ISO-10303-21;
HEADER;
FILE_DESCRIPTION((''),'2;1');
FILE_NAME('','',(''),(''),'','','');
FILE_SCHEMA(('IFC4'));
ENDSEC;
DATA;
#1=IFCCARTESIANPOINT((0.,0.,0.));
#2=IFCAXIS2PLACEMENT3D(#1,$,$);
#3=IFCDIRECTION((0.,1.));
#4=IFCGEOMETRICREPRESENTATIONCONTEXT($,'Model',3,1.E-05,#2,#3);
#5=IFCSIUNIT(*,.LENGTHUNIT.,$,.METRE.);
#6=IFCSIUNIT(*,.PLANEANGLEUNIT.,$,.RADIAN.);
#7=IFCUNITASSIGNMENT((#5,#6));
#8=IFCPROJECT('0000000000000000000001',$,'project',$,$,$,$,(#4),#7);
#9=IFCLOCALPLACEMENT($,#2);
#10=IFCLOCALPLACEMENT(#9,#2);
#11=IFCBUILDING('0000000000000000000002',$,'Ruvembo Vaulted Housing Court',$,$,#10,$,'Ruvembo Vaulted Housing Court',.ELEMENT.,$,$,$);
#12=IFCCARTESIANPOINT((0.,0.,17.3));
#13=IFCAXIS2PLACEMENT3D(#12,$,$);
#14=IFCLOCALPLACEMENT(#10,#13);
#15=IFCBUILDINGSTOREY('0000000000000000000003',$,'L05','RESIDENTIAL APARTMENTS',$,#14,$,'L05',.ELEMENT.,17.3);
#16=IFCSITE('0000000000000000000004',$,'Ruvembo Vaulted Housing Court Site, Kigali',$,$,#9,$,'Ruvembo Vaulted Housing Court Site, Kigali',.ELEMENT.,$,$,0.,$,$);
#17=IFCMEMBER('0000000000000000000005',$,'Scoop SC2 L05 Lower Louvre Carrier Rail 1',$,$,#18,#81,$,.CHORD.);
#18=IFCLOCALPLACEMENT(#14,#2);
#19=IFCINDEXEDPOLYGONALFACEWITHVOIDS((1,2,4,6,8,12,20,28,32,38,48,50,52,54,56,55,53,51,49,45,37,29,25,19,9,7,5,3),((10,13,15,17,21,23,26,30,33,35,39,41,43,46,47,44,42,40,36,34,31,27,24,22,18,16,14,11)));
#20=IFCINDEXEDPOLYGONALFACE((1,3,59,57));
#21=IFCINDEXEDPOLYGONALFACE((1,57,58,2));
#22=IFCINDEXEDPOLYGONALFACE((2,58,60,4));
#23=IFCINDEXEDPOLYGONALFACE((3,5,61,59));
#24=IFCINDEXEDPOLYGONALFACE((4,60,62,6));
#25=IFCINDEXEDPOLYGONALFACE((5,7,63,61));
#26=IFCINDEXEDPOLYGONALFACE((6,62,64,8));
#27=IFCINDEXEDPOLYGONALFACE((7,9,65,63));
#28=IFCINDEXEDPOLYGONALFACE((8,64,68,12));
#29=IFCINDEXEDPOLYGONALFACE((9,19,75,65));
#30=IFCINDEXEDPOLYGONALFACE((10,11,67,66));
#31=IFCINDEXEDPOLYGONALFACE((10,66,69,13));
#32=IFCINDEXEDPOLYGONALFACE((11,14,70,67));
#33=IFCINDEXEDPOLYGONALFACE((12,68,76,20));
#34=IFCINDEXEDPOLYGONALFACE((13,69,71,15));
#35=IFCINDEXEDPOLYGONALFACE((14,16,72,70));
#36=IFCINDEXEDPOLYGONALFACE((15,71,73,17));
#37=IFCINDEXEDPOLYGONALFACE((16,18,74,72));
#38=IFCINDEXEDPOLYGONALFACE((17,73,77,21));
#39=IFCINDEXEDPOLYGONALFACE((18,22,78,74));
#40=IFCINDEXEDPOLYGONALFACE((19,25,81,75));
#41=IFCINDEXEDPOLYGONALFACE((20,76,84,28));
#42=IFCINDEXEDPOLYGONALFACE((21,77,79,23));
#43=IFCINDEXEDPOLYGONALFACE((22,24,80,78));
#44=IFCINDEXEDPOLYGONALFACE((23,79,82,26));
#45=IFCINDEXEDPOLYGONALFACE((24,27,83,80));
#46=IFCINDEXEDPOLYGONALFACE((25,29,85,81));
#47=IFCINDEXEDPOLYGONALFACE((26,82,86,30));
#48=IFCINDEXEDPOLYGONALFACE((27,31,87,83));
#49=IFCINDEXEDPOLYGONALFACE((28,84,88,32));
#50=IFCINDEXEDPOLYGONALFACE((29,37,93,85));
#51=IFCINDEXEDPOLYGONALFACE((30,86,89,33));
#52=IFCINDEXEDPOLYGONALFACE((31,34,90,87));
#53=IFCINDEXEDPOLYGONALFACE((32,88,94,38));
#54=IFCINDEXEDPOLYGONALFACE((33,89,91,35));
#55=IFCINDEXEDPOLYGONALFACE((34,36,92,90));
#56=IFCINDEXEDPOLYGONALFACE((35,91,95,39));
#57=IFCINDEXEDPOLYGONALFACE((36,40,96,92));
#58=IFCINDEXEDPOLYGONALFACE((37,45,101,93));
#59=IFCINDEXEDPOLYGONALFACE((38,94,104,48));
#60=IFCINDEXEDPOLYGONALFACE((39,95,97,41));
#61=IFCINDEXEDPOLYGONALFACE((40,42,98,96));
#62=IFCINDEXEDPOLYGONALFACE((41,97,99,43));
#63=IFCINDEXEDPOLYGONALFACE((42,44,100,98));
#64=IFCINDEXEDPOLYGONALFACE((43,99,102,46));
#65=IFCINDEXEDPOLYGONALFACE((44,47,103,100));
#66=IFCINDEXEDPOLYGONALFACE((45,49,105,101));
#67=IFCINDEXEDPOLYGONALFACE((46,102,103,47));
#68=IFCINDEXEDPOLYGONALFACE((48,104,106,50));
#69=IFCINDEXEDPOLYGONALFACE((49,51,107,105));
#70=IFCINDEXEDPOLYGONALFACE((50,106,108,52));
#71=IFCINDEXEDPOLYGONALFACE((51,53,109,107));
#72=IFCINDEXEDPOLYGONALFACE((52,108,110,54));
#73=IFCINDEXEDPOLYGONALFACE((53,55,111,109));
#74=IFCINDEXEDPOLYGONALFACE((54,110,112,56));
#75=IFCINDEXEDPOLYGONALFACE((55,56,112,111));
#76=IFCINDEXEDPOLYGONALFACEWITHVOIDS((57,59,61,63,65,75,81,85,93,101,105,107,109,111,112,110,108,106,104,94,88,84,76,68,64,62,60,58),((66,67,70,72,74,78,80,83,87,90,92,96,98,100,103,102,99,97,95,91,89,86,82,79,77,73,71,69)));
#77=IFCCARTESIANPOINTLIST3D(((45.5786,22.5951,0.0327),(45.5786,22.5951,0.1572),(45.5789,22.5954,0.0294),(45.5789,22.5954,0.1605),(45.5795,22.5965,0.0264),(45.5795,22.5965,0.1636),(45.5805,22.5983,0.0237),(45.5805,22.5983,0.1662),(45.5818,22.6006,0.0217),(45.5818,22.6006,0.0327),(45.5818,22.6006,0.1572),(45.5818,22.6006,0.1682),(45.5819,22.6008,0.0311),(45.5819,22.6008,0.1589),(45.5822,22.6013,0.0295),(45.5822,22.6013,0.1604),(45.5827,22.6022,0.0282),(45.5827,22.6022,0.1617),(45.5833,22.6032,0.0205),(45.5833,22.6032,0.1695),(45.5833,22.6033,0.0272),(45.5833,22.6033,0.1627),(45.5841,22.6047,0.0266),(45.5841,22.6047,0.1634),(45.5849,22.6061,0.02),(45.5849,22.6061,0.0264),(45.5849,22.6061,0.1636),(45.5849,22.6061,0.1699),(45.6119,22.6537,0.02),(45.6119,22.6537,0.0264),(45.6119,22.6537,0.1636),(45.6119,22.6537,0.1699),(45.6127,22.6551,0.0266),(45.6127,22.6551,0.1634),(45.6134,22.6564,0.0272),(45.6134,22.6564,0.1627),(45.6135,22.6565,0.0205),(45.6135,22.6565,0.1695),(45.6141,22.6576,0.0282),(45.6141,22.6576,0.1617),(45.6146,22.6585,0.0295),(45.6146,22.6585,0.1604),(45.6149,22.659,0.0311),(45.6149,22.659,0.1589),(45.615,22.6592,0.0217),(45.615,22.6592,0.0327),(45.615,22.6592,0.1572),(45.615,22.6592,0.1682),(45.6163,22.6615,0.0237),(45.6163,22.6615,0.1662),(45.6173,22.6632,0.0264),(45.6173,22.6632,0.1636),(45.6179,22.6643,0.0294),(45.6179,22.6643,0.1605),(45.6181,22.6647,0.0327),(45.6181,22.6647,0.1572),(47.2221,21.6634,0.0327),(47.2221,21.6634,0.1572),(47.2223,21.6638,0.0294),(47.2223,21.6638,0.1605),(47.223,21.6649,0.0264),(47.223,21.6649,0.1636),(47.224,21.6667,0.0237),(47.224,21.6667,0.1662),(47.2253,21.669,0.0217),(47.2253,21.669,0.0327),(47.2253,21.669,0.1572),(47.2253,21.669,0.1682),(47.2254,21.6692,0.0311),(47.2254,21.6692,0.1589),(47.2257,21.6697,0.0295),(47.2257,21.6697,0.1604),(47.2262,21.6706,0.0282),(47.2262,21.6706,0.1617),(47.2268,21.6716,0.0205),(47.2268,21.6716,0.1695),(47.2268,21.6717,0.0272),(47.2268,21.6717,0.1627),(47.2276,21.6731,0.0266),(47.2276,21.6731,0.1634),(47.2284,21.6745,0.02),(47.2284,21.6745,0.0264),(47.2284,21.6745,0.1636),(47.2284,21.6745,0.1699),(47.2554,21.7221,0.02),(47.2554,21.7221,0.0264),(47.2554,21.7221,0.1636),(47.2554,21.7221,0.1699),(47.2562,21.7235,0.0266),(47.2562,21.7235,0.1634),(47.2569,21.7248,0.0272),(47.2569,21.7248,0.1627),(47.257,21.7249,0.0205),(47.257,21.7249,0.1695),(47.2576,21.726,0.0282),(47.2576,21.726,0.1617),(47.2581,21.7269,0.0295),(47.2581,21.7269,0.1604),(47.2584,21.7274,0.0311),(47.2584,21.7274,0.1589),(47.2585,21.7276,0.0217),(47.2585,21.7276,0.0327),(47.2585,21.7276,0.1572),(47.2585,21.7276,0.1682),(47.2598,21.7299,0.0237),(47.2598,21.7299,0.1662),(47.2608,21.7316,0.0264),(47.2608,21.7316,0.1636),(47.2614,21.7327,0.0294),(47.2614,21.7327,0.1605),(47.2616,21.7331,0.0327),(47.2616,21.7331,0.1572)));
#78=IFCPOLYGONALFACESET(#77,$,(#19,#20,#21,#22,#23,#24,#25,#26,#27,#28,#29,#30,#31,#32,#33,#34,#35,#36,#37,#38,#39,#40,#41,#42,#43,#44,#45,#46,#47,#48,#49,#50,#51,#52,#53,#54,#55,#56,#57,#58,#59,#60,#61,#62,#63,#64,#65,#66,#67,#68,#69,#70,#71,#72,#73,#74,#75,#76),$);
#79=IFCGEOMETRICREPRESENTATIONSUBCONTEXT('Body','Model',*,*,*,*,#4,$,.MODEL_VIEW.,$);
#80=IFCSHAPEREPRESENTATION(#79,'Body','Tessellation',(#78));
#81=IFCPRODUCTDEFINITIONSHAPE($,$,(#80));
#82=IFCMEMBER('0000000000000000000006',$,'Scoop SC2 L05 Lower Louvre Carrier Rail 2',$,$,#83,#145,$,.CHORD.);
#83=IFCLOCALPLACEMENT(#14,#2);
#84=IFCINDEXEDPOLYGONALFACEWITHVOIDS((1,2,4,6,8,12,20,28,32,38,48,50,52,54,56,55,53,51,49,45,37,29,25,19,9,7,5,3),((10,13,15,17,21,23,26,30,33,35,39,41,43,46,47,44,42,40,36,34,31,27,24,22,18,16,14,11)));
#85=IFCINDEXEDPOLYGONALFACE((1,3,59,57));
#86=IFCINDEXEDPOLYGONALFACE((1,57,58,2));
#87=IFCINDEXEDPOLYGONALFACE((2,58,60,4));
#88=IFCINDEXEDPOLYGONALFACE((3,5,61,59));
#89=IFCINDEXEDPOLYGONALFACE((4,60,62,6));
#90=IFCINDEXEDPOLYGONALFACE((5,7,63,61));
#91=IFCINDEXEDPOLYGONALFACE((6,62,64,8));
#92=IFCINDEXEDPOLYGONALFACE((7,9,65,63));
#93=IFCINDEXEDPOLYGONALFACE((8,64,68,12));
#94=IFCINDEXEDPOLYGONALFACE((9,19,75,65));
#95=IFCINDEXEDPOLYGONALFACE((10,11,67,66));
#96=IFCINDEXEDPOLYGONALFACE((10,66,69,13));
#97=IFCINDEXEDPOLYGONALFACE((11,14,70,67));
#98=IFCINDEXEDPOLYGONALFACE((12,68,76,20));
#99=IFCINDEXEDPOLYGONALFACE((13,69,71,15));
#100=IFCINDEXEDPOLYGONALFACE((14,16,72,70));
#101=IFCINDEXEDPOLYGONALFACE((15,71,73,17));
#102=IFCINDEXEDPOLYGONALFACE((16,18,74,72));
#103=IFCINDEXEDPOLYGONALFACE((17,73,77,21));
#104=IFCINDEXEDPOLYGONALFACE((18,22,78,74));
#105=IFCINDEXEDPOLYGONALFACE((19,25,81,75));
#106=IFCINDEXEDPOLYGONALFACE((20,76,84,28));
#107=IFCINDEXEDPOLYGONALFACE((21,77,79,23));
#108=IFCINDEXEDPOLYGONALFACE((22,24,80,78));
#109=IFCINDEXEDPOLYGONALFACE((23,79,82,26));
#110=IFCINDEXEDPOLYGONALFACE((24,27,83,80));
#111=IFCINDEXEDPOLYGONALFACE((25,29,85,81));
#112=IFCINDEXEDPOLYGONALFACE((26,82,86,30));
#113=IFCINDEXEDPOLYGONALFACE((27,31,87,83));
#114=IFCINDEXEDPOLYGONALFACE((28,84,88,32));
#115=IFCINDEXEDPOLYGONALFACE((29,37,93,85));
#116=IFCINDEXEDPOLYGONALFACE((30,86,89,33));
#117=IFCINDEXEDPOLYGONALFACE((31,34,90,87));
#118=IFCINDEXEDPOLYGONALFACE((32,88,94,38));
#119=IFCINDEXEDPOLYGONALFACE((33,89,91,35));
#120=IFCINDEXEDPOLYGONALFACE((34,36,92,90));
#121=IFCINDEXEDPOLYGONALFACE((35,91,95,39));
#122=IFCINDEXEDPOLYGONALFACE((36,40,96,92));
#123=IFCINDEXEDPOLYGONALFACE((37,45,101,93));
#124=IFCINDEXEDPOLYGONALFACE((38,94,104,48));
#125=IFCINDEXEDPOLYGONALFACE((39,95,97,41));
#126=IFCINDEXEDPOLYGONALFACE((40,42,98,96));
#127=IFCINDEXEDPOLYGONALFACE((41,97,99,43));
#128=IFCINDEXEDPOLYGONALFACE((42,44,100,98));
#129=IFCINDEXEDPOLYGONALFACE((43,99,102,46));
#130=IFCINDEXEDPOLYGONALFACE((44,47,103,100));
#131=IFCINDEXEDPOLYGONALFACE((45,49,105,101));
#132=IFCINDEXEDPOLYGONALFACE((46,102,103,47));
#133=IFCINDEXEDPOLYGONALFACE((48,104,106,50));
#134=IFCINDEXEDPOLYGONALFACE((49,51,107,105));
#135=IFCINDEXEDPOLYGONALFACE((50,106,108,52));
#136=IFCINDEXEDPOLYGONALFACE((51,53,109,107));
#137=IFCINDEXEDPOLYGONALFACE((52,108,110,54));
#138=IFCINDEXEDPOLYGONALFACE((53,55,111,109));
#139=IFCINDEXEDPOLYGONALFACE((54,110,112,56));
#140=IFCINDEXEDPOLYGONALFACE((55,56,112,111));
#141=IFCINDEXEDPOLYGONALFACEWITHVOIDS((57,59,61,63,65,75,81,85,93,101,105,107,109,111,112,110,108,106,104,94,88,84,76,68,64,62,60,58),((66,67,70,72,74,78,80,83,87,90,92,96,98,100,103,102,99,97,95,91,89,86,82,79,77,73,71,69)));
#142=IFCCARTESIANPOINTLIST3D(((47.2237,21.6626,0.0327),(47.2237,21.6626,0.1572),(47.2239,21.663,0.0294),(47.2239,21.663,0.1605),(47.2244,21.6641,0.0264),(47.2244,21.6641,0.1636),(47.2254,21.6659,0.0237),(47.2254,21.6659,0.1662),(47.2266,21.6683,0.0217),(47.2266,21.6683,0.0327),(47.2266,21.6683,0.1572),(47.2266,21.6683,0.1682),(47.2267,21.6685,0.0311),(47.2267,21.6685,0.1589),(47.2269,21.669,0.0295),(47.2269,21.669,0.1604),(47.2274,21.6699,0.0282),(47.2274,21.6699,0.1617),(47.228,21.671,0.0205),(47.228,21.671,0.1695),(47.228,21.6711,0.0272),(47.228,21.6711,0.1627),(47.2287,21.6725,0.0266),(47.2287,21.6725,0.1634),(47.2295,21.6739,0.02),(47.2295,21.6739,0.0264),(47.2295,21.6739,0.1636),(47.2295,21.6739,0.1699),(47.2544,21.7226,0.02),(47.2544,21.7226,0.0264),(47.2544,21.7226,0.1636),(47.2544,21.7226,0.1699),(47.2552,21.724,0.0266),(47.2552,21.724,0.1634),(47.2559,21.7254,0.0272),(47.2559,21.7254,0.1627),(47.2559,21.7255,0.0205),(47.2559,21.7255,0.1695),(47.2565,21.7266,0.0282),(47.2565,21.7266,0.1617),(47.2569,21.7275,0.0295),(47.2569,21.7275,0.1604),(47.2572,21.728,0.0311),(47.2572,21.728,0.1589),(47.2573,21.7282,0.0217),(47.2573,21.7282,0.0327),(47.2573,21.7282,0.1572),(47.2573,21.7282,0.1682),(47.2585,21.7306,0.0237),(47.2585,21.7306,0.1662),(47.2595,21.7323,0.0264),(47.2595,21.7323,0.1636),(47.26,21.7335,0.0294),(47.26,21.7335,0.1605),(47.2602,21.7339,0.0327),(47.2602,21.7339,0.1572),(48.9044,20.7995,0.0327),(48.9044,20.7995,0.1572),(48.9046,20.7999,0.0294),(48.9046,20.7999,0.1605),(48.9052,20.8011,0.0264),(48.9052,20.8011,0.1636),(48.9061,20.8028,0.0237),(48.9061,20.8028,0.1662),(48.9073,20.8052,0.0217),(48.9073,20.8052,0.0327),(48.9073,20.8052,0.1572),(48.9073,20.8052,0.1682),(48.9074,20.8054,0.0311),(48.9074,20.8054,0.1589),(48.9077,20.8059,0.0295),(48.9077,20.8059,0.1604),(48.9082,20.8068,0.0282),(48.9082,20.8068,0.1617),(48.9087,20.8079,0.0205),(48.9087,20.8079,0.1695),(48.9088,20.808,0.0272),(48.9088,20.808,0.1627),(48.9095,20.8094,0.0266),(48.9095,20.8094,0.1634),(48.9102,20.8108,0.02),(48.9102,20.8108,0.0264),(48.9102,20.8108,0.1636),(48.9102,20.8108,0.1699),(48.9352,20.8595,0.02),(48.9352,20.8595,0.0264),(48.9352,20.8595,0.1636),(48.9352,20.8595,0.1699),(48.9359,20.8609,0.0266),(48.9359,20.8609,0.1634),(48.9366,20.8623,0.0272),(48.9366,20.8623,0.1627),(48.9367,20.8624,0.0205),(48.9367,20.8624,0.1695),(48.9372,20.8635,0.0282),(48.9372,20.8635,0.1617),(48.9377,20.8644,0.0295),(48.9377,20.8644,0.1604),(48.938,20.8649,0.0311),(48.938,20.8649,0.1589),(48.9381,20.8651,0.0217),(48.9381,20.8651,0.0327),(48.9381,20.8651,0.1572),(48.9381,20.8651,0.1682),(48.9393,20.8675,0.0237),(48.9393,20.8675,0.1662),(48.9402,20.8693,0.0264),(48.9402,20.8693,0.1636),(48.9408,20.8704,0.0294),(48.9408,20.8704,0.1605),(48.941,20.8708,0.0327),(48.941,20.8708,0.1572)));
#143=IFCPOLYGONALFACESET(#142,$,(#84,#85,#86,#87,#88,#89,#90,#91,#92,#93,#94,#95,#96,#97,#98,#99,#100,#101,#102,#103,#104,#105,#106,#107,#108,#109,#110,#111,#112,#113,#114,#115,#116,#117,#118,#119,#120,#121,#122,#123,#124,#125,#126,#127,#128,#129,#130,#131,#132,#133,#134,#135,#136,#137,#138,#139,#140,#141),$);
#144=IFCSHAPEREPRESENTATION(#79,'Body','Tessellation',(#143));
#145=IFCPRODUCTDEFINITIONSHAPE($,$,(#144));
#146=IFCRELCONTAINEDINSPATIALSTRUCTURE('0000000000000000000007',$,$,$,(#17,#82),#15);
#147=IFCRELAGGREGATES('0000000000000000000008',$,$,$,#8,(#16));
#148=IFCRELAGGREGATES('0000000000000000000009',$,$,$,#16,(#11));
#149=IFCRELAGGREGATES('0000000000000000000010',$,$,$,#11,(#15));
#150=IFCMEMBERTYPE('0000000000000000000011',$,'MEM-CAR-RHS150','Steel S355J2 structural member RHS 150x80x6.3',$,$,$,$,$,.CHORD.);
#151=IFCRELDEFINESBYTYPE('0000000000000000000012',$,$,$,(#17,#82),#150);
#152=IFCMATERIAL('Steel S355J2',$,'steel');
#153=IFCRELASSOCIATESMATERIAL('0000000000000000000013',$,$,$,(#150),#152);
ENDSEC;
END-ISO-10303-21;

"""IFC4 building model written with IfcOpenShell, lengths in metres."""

from ifc_helpers import new_model, si_unit, direction, frame, origin, origin_2d, place, context, subcontext, project, spatial, hollow_rectangle, extrude, material, material_profile, profile_set, type_object, element, save


model = new_model("IFC4")

# Units and contexts
model_context = context("Model", 3, precision=1e-05, world=origin(), true_north=direction((0.0, 1.0)))
body_context = subcontext(model_context, "Body", "Model", "MODEL_VIEW")
ifc_project = project(units=[si_unit("LENGTHUNIT", "METRE"), si_unit("PLANEANGLEUNIT", "RADIAN")], contexts=[model_context])

# Site, building, storey
site_placement = place(None, origin())
site = spatial("IfcSite", under=ifc_project, at=site_placement, Name="Ruvembo Vaulted Housing Court Site, Kigali", LongName="Ruvembo Vaulted Housing Court Site, Kigali", CompositionType="ELEMENT", RefElevation=0.0)
building_placement = place(site_placement, origin())
building = spatial("IfcBuilding", under=site, at=building_placement, Name="Ruvembo Vaulted Housing Court", LongName="Ruvembo Vaulted Housing Court", CompositionType="ELEMENT")
storey_placement = place(building_placement, frame((0.0, 0.0, 17.3)))
storey = spatial("IfcBuildingStorey", under=building, at=storey_placement, Name="L05", Description="RESIDENTIAL APARTMENTS", LongName="L05", CompositionType="ELEMENT", Elevation=17.3)

# Shared definitions
ifc_material_1 = material(Name="Steel S355J2", Category="steel")

# Members
ifc_material_profile_1 = material_profile(ifc_material_1, hollow_rectangle(XDim=0.0801, YDim=0.1499, WallThickness=0.0063, InnerFilletRadius=0.0063, OuterFilletRadius=0.0127, at=origin_2d()), Name="RHS 150x80x6.3")
ifc_profile_set_1 = profile_set([ifc_material_profile_1], Name="Steel S355J2")
member_type_1 = type_object("IfcMemberType", Name="MEM-CAR-RHS150", Description="Steel S355J2 structural member RHS 150x80x6.3", PredefinedType="CHORD", material=ifc_profile_set_1)
member_1_placement = place(storey_placement, frame((45.5984, 22.6299, 0.095), z_axis=(0.869956, -0.49313, 0.0), x_axis=(0.49313, 0.869956, 0.0)))
element("IfcMember", 1, at=member_1_placement, inside=storey, type_object=member_type_1, Name="Scoop SC2 L05 Lower Louvre Carrier Rail 1", PredefinedType="CHORD", context=body_context, shape_type="SweptSolid", body=[
    extrude(hollow_rectangle(XDim=0.0801, YDim=0.1499, WallThickness=0.0063, InnerFilletRadius=0.0063, OuterFilletRadius=0.0127, at=origin_2d()), origin(), (0.0, 0.0, 1.0), 1.8892),
])
member_2_placement = place(storey_placement, frame((47.2419, 21.6982, 0.095), z_axis=(0.889568, -0.456802, 0.0), x_axis=(0.456802, 0.889568, 0.0)))
element("IfcMember", 2, at=member_2_placement, inside=storey, type_object=member_type_1, Name="Scoop SC2 L05 Lower Louvre Carrier Rail 2", PredefinedType="CHORD", context=body_context, shape_type="SweptSolid", body=[
    extrude(hollow_rectangle(XDim=0.0801, YDim=0.1499, WallThickness=0.0063, InnerFilletRadius=0.0063, OuterFilletRadius=0.0127, at=origin_2d()), origin(), (0.0, 0.0, 1.0), 1.8894),
])

save(model, "model.ifc")
